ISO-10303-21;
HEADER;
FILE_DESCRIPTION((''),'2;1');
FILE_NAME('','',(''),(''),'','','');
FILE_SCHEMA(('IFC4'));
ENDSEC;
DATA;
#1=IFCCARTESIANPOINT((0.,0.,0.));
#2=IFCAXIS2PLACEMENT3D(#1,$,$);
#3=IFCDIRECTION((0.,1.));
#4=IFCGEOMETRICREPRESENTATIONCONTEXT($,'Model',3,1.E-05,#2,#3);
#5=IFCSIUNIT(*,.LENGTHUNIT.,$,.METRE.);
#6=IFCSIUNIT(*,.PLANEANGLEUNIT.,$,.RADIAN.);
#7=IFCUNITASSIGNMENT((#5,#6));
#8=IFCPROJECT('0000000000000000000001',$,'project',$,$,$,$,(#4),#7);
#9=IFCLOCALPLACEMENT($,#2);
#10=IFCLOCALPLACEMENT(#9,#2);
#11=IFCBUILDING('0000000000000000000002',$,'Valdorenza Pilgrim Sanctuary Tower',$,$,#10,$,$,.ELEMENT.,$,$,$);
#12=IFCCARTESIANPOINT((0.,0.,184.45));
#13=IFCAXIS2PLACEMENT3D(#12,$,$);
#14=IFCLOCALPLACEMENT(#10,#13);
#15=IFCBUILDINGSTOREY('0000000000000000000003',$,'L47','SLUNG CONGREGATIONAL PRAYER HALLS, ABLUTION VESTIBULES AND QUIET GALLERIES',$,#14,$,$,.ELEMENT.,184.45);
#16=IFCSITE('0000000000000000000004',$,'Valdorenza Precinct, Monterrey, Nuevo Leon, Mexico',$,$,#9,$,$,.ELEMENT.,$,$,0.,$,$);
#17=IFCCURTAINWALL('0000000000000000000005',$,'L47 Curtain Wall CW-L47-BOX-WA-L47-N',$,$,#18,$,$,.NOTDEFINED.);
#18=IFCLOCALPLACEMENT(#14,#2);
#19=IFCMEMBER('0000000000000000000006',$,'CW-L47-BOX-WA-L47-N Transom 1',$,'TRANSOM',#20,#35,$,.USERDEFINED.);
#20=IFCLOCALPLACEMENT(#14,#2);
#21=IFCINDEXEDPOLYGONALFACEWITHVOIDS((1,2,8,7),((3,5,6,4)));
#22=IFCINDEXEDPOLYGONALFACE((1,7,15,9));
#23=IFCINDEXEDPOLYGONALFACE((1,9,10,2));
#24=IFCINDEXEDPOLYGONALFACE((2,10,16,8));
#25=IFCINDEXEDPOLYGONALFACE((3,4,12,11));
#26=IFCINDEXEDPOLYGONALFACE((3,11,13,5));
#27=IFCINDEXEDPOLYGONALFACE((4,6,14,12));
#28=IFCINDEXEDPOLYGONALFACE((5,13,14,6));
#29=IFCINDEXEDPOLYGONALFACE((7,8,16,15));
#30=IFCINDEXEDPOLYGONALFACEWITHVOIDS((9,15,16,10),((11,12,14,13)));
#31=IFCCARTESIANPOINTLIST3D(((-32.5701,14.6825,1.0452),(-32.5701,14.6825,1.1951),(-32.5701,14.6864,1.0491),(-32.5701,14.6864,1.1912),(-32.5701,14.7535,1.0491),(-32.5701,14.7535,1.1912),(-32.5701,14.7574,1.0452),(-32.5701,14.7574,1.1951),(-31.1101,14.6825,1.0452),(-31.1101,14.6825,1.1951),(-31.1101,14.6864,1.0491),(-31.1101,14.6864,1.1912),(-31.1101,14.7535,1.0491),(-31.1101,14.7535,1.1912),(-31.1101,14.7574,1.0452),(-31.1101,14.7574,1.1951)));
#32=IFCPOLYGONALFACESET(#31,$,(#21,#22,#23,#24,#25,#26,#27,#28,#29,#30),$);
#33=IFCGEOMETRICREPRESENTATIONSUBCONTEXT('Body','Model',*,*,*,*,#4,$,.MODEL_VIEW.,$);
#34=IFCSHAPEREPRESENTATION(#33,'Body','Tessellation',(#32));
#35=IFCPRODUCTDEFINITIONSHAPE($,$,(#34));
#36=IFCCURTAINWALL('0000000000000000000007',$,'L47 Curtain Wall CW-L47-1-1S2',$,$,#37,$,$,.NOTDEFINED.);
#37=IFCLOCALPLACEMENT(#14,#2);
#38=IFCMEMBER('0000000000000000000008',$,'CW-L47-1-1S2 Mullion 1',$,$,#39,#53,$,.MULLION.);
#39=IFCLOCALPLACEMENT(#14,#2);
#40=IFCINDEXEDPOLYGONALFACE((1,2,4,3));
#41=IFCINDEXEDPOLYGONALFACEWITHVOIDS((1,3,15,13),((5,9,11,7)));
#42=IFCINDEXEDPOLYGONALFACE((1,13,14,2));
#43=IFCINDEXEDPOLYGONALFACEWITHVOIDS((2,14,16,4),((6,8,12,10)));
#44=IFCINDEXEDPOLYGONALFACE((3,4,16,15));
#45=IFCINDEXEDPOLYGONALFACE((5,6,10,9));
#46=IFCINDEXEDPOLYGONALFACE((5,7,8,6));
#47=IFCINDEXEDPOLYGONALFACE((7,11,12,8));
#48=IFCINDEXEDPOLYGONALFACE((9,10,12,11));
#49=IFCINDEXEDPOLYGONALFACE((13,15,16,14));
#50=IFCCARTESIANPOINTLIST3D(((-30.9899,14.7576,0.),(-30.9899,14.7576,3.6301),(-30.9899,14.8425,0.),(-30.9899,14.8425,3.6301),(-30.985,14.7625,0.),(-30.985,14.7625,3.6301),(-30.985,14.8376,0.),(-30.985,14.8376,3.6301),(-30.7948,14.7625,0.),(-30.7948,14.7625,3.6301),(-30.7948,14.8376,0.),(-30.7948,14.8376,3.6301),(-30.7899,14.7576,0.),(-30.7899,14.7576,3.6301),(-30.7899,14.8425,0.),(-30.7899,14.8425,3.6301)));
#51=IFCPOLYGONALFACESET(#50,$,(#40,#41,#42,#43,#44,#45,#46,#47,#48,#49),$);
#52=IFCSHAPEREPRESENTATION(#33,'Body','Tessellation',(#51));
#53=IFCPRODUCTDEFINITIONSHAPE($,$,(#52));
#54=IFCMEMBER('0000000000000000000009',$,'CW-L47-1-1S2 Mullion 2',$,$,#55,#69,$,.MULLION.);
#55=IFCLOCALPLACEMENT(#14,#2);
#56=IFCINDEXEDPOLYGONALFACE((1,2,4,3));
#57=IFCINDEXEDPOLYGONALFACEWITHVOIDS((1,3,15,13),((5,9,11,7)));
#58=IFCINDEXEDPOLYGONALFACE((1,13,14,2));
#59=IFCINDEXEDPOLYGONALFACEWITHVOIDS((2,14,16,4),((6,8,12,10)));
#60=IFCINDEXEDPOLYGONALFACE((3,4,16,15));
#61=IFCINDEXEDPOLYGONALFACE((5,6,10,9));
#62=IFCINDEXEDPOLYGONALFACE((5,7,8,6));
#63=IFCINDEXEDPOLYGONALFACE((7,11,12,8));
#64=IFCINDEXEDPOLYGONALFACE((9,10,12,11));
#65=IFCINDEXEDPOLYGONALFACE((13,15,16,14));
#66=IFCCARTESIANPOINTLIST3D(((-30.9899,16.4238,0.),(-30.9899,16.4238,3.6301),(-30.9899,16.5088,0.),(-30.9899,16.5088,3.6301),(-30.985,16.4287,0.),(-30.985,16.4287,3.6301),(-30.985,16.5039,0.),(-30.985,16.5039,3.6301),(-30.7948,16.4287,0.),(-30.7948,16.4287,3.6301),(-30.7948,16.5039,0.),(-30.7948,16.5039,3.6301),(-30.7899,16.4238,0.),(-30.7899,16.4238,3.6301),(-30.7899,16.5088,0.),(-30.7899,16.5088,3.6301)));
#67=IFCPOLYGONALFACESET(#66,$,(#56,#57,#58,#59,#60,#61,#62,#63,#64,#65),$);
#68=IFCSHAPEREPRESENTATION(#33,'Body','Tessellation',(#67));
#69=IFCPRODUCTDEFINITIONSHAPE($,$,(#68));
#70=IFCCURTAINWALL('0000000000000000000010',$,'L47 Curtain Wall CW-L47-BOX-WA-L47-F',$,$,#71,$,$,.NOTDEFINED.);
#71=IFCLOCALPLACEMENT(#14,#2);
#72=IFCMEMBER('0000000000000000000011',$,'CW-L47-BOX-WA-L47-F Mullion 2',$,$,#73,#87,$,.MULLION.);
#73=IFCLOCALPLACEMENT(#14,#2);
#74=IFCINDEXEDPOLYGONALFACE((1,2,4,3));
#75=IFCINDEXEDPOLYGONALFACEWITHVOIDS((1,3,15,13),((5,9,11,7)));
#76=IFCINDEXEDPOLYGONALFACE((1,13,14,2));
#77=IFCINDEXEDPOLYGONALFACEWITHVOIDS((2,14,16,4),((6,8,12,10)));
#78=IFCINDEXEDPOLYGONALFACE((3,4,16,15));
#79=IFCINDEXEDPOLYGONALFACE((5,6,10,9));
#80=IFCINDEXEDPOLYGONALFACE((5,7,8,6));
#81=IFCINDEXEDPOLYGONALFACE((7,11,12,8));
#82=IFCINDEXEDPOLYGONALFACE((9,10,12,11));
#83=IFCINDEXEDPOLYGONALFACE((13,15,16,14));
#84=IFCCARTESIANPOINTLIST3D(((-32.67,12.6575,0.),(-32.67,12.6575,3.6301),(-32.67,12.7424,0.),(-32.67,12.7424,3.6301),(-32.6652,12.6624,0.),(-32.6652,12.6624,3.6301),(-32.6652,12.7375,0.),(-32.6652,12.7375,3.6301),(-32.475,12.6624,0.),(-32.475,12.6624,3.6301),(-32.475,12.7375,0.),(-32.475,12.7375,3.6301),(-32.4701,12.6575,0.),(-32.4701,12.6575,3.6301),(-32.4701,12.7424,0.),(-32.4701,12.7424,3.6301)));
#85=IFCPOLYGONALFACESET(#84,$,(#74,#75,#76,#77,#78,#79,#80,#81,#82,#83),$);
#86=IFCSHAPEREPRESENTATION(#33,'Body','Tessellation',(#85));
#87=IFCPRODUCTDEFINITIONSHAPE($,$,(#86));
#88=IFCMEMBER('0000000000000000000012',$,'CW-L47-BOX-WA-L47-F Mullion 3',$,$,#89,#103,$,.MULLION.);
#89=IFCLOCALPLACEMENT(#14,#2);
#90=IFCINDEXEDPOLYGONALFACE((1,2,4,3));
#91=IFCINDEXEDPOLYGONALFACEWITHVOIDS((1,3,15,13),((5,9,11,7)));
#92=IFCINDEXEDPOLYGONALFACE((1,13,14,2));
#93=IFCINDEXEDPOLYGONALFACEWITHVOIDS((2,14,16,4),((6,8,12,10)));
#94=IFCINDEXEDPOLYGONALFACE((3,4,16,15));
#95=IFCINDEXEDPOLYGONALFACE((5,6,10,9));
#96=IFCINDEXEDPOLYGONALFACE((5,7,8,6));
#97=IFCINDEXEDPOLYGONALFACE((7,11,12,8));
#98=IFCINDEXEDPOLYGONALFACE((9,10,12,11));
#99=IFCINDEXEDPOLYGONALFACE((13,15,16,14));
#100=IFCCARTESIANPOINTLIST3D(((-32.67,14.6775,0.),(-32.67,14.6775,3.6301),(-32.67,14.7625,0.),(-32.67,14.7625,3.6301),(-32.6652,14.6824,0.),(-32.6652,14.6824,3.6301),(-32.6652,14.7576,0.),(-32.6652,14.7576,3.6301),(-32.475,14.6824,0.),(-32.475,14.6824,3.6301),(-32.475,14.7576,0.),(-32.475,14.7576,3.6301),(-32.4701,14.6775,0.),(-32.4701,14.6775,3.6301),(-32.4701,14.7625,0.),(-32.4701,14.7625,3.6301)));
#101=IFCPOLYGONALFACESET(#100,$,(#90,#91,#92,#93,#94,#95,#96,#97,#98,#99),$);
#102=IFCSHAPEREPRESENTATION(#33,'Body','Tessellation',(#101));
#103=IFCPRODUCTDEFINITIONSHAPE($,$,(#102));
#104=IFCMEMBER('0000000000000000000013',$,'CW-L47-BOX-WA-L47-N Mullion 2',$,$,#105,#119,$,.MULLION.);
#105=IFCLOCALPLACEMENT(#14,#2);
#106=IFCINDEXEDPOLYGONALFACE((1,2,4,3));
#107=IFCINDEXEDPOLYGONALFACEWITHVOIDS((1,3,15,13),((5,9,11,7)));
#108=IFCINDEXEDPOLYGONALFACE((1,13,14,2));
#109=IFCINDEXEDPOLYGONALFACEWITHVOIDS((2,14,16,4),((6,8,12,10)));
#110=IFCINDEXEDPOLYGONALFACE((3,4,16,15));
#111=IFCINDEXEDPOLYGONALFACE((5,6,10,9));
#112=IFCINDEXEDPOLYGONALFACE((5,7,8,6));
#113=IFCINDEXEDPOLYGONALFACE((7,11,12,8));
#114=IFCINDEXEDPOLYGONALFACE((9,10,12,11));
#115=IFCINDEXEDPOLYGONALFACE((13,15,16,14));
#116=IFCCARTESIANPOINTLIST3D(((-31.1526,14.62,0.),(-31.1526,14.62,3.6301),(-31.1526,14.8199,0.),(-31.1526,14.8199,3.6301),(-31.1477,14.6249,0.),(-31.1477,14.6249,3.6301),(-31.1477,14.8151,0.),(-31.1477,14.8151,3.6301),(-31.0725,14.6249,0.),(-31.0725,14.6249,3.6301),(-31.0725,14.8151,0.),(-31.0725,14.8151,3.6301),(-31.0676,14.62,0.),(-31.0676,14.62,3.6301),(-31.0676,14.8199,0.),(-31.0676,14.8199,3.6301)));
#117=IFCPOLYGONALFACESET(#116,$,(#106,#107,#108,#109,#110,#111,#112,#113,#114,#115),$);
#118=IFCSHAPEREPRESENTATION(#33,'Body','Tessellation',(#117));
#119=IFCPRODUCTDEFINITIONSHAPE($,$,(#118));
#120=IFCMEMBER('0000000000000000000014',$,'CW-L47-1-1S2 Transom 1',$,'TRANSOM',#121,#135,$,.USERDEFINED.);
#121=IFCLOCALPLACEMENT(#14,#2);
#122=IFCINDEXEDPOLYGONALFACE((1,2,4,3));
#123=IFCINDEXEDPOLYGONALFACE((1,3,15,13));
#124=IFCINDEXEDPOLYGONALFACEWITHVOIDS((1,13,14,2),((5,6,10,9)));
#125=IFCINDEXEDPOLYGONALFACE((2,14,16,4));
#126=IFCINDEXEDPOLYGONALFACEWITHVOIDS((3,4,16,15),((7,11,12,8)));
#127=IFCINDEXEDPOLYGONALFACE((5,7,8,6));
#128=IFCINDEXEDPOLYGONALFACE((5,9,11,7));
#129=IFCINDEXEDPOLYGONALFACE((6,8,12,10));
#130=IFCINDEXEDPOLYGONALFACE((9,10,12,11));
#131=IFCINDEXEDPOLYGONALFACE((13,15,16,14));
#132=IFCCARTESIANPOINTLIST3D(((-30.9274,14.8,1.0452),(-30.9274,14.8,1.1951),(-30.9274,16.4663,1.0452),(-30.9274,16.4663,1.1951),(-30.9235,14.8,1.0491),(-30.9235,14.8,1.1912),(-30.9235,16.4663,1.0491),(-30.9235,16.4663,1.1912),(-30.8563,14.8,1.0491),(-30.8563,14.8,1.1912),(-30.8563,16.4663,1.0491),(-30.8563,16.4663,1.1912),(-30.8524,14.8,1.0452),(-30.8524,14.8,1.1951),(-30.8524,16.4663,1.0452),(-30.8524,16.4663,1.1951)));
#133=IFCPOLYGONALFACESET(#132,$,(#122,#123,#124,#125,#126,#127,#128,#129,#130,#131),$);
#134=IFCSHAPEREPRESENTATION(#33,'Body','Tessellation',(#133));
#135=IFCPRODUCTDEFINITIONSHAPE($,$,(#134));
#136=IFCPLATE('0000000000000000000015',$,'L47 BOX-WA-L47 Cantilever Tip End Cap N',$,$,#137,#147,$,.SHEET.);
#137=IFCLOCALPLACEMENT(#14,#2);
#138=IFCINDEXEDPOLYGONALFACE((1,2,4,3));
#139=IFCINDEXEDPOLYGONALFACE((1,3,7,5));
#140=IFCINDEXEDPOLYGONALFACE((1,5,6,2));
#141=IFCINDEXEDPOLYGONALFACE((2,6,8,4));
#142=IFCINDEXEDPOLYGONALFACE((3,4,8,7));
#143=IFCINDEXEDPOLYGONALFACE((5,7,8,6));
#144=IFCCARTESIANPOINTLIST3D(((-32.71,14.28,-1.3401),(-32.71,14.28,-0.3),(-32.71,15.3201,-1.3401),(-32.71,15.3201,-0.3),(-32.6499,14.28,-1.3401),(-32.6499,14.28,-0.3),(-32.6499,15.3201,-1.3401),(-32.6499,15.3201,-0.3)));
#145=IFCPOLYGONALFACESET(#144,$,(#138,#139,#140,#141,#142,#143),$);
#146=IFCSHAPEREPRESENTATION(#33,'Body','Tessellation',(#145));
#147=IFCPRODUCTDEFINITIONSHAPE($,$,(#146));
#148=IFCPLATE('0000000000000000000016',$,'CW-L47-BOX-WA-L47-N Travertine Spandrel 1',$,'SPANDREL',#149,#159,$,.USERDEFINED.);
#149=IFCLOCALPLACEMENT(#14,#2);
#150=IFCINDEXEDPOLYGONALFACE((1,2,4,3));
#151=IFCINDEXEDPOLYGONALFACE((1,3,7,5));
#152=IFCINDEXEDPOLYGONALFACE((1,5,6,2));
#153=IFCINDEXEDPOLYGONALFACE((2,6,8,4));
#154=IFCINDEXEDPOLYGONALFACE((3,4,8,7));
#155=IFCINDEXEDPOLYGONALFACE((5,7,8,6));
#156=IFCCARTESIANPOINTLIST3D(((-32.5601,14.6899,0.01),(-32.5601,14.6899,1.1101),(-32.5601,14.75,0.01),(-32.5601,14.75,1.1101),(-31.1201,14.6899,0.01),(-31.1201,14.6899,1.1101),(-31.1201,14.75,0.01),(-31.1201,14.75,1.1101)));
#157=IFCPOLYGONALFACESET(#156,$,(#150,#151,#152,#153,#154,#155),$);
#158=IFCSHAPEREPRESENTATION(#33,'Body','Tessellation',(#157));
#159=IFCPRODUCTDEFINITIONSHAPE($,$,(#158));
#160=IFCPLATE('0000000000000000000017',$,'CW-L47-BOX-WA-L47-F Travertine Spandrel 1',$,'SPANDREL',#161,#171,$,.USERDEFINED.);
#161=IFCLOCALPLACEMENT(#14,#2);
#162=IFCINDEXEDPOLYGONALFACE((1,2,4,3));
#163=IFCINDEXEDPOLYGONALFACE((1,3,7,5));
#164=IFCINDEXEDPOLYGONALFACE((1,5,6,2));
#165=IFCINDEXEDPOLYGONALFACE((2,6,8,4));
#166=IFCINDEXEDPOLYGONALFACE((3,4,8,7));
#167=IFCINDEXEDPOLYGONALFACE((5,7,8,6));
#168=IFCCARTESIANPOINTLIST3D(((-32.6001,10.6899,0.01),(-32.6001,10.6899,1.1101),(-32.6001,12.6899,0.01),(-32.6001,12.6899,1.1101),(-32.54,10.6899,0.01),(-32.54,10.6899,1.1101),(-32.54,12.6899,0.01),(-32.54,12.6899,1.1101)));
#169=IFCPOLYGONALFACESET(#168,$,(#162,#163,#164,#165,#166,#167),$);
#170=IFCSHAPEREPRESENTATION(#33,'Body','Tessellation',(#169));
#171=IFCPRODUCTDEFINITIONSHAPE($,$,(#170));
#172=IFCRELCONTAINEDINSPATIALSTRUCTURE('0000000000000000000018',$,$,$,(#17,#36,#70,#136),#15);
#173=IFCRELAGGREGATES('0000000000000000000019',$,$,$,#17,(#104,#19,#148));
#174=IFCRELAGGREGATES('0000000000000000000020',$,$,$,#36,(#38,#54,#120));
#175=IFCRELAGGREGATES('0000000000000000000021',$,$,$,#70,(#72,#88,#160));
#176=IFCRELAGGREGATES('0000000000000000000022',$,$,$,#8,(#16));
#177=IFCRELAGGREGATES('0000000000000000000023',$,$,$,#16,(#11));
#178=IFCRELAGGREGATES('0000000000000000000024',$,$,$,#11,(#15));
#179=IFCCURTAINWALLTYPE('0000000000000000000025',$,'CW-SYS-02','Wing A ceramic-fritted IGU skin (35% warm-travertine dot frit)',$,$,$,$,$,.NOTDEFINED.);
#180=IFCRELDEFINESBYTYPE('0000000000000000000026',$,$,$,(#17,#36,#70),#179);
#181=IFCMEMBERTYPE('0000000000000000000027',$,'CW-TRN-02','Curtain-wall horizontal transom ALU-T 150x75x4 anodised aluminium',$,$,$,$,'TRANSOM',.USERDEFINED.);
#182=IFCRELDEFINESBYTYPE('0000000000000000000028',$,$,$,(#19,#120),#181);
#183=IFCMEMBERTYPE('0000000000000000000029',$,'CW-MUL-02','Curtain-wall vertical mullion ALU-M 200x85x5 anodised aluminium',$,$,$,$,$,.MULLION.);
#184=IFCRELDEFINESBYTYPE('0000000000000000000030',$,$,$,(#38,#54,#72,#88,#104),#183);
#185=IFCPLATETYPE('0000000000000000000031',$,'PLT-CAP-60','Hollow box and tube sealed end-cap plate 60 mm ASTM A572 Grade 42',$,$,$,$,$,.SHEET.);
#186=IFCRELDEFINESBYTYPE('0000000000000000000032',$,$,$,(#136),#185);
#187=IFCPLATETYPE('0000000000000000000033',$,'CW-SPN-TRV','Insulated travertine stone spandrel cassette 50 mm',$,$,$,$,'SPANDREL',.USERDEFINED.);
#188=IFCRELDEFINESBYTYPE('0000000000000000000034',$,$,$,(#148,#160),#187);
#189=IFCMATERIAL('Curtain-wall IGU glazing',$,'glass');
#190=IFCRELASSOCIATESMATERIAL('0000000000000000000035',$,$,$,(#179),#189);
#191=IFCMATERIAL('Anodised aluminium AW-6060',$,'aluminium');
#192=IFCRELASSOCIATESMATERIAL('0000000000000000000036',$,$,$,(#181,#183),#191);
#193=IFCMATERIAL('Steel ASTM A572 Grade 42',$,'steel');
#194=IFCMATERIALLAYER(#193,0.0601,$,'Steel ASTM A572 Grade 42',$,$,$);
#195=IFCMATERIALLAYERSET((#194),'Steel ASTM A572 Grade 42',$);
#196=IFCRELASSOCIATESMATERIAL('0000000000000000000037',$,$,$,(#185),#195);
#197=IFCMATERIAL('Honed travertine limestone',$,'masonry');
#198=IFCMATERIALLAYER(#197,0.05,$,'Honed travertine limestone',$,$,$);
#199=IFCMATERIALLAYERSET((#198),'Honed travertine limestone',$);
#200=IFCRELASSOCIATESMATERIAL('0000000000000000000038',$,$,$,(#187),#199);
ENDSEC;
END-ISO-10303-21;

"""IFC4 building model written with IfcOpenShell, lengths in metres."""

from ifc_helpers import new_model, si_unit, direction, frame, origin, origin_2d, place, context, subcontext, project, spatial, rectangle, hollow_rectangle, extrude, source, transform, mapped, material, layer, layer_set, material_profile, profile_set, type_object, element, aggregate, save


model = new_model("IFC4")

# Units and contexts
model_context = context("Model", 3, precision=1e-05, world=origin(), true_north=direction((0.0, 1.0)))
body_context = subcontext(model_context, "Body", "Model", "MODEL_VIEW")
ifc_project = project(units=[si_unit("LENGTHUNIT", "METRE"), si_unit("PLANEANGLEUNIT", "RADIAN")], contexts=[model_context])

# Site, building, storey
site_placement = place(None, origin())
site = spatial("IfcSite", under=ifc_project, at=site_placement, Name="Valdorenza Precinct, Monterrey, Nuevo Leon, Mexico", CompositionType="ELEMENT", RefElevation=0.0)
building_placement = place(site_placement, origin())
building = spatial("IfcBuilding", under=site, at=building_placement, Name="Valdorenza Pilgrim Sanctuary Tower", CompositionType="ELEMENT")
storey_placement = place(building_placement, frame((0.0, 0.0, 184.45)))
storey = spatial("IfcBuildingStorey", under=building, at=storey_placement, Name="L47", Description="SLUNG CONGREGATIONAL PRAYER HALLS, ABLUTION VESTIBULES AND QUIET GALLERIES", CompositionType="ELEMENT", Elevation=184.45)

# Curtain wall, member
ifc_material_1 = material(Name="Curtain-wall IGU glazing", Category="glass")
curtain_wall_type = type_object("IfcCurtainWallType", Name="CW-SYS-02", Description="Wing A ceramic-fritted IGU skin (35% warm-travertine dot frit)", PredefinedType="NOTDEFINED", material=ifc_material_1)
curtain_wall_1_placement = place(storey_placement, origin())
curtain_wall_1 = element("IfcCurtainWall", 1, at=curtain_wall_1_placement, inside=storey, type_object=curtain_wall_type, Name="L47 Curtain Wall CW-L47-BOX-WA-L47-N", PredefinedType="NOTDEFINED")
ifc_material_2 = material(Name="Anodised aluminium AW-6060", Category="aluminium")
ifc_material_profile_1 = material_profile(ifc_material_2, hollow_rectangle(XDim=0.075, YDim=0.1499, WallThickness=0.0039, at=origin_2d()), Name="ALU-T 150x75x4")
ifc_profile_set_1 = profile_set([ifc_material_profile_1], Name="Anodised aluminium AW-6060")
member_type_1 = type_object("IfcMemberType", Name="CW-TRN-02", Description="Curtain-wall horizontal transom ALU-T 150x75x4 anodised aluminium", ElementType="TRANSOM", PredefinedType="USERDEFINED", material=ifc_profile_set_1)
shared_shape_1 = source(origin(), body_context, "Body", "SweptSolid", [
    extrude(hollow_rectangle(XDim=0.075, YDim=0.1499, WallThickness=0.0039, at=origin_2d()), origin(), (0.0, 0.0, 1.0), 1.46),
])
member_1_placement = place(storey_placement, frame((-32.5701, 14.72, 1.1201), z_axis=(1.0, 0.0, 0.0), x_axis=(0.0, 1.0, 0.0)))
member_1 = element("IfcMember", 2, at=member_1_placement, type_object=member_type_1, Name="CW-L47-BOX-WA-L47-N Transom 1", ObjectType="TRANSOM", PredefinedType="USERDEFINED", context=body_context, shape_type="MappedRepresentation", body=[
    mapped(shared_shape_1, transform((0.0, 0.0, 0.0), x_axis=(1.0, 0.0, 0.0), y_axis=(0.0, 1.0, 0.0), z_axis=(0.0, 0.0, 1.0), scale=1.0)),
])

# Curtain walls, members
curtain_wall_2_placement = place(storey_placement, origin())
curtain_wall_2 = element("IfcCurtainWall", 3, at=curtain_wall_2_placement, inside=storey, type_object=curtain_wall_type, Name="L47 Curtain Wall CW-L47-1-1S2", PredefinedType="NOTDEFINED")
ifc_material_profile_2 = material_profile(ifc_material_2, hollow_rectangle(XDim=0.085, YDim=0.2, WallThickness=0.0049, at=origin_2d()), Name="ALU-M 200x85x5")
ifc_profile_set_2 = profile_set([ifc_material_profile_2], Name="Anodised aluminium AW-6060")
member_type_2 = type_object("IfcMemberType", Name="CW-MUL-02", Description="Curtain-wall vertical mullion ALU-M 200x85x5 anodised aluminium", PredefinedType="MULLION", material=ifc_profile_set_2)
shared_shape_2 = source(origin(), body_context, "Body", "SweptSolid", [
    extrude(hollow_rectangle(XDim=0.085, YDim=0.2, WallThickness=0.0049, at=origin_2d()), origin(), (0.0, 0.0, 1.0), 3.6301),
])
member_2_placement = place(storey_placement, frame((-30.8899, 14.8, 0.0), z_axis=(0.0, 0.0, 1.0), x_axis=(0.0, 1.0, 0.0)))
member_2 = element("IfcMember", 4, at=member_2_placement, type_object=member_type_2, Name="CW-L47-1-1S2 Mullion 1", PredefinedType="MULLION", context=body_context, shape_type="MappedRepresentation", body=[
    mapped(shared_shape_2, transform((0.0, 0.0, 0.0), x_axis=(1.0, 0.0, 0.0), y_axis=(0.0, 1.0, 0.0), z_axis=(0.0, 0.0, 1.0), scale=1.0)),
])
member_3_placement = place(storey_placement, frame((-30.8899, 16.4663, 0.0), z_axis=(0.0, 0.0, 1.0), x_axis=(0.0, 1.0, 0.0)))
member_3 = element("IfcMember", 5, at=member_3_placement, type_object=member_type_2, Name="CW-L47-1-1S2 Mullion 2", PredefinedType="MULLION", context=body_context, shape_type="MappedRepresentation", body=[
    mapped(shared_shape_2, transform((0.0, 0.0, 0.0), x_axis=(1.0, 0.0, 0.0), y_axis=(0.0, 1.0, 0.0), z_axis=(0.0, 0.0, 1.0), scale=1.0)),
])
curtain_wall_3_placement = place(storey_placement, origin())
curtain_wall_3 = element("IfcCurtainWall", 6, at=curtain_wall_3_placement, inside=storey, type_object=curtain_wall_type, Name="L47 Curtain Wall CW-L47-BOX-WA-L47-F", PredefinedType="NOTDEFINED")
member_4_placement = place(storey_placement, frame((-32.5701, 12.7, 0.0), z_axis=(0.0, 0.0, 1.0), x_axis=(0.0, 1.0, 0.0)))
member_4 = element("IfcMember", 7, at=member_4_placement, type_object=member_type_2, Name="CW-L47-BOX-WA-L47-F Mullion 2", PredefinedType="MULLION", context=body_context, shape_type="MappedRepresentation", body=[
    mapped(shared_shape_2, transform((0.0, 0.0, 0.0), x_axis=(1.0, 0.0, 0.0), y_axis=(0.0, 1.0, 0.0), z_axis=(0.0, 0.0, 1.0), scale=1.0)),
])
member_5_placement = place(storey_placement, frame((-32.5701, 14.72, 0.0), z_axis=(0.0, 0.0, 1.0), x_axis=(0.0, 1.0, 0.0)))
member_5 = element("IfcMember", 8, at=member_5_placement, type_object=member_type_2, Name="CW-L47-BOX-WA-L47-F Mullion 3", PredefinedType="MULLION", context=body_context, shape_type="MappedRepresentation", body=[
    mapped(shared_shape_2, transform((0.0, 0.0, 0.0), x_axis=(1.0, 0.0, 0.0), y_axis=(0.0, 1.0, 0.0), z_axis=(0.0, 0.0, 1.0), scale=1.0)),
])

# Members
member_6_placement = place(storey_placement, frame((-31.1101, 14.72, 0.0), z_axis=(0.0, 0.0, 1.0), x_axis=(1.0, 0.0, 0.0)))
member_6 = element("IfcMember", 9, at=member_6_placement, type_object=member_type_2, Name="CW-L47-BOX-WA-L47-N Mullion 2", PredefinedType="MULLION", context=body_context, shape_type="MappedRepresentation", body=[
    mapped(shared_shape_2, transform((0.0, 0.0, 0.0), x_axis=(1.0, 0.0, 0.0), y_axis=(0.0, 1.0, 0.0), z_axis=(0.0, 0.0, 1.0), scale=1.0)),
])
shared_shape_3 = source(origin(), body_context, "Body", "SweptSolid", [
    extrude(hollow_rectangle(XDim=0.075, YDim=0.1499, WallThickness=0.0039, at=origin_2d()), origin(), (0.0, 0.0, 1.0), 1.6663),
])
member_7_placement = place(storey_placement, frame((-30.8899, 14.8, 1.1201), z_axis=(0.0, 1.0, 0.0), x_axis=(-1.0, 0.0, 0.0)))
member_7 = element("IfcMember", 10, at=member_7_placement, type_object=member_type_1, Name="CW-L47-1-1S2 Transom 1", ObjectType="TRANSOM", PredefinedType="USERDEFINED", context=body_context, shape_type="MappedRepresentation", body=[
    mapped(shared_shape_3, transform((0.0, 0.0, 0.0), x_axis=(1.0, 0.0, 0.0), y_axis=(0.0, 1.0, 0.0), z_axis=(0.0, 0.0, 1.0), scale=1.0)),
])

# Plates
ifc_material_3 = material(Name="Steel ASTM A572 Grade 42", Category="steel")
ifc_layer_1 = layer(ifc_material_3, 0.0601, Name="Steel ASTM A572 Grade 42")
ifc_layer_set_1 = layer_set([ifc_layer_1], Name="Steel ASTM A572 Grade 42")
plate_type_1 = type_object("IfcPlateType", Name="PLT-CAP-60", Description="Hollow box and tube sealed end-cap plate 60 mm ASTM A572 Grade 42", PredefinedType="SHEET", material=ifc_layer_set_1)
shared_shape_4 = source(origin(), body_context, "Body", "SweptSolid", [
    extrude(rectangle(XDim=0.0601, YDim=1.04, at=origin_2d()), origin(), (0.0, 0.0, 1.0), 1.04),
])
plate_1_placement = place(storey_placement, frame((-32.6799, 14.8, -1.3401), z_axis=(0.0, 0.0, 1.0), x_axis=(1.0, 0.0, 0.0)))
element("IfcPlate", 11, at=plate_1_placement, inside=storey, type_object=plate_type_1, Name="L47 BOX-WA-L47 Cantilever Tip End Cap N", PredefinedType="SHEET", context=body_context, shape_type="MappedRepresentation", body=[
    mapped(shared_shape_4, transform((0.0, 0.0, 0.0), x_axis=(1.0, 0.0, 0.0), y_axis=(0.0, 1.0, 0.0), z_axis=(0.0, 0.0, 1.0), scale=1.0)),
])
ifc_material_4 = material(Name="Honed travertine limestone", Category="masonry")
ifc_layer_2 = layer(ifc_material_4, 0.05, Name="Honed travertine limestone")
ifc_layer_set_2 = layer_set([ifc_layer_2], Name="Honed travertine limestone")
plate_type_2 = type_object("IfcPlateType", Name="CW-SPN-TRV", Description="Insulated travertine stone spandrel cassette 50 mm", ElementType="SPANDREL", PredefinedType="USERDEFINED", material=ifc_layer_set_2)
shared_shape_5 = source(origin(), body_context, "Body", "SweptSolid", [
    extrude(rectangle(XDim=1.4399, YDim=0.0601, at=origin_2d()), origin(), (0.0, 0.0, 1.0), 1.1001),
])
plate_2_placement = place(storey_placement, frame((-31.8401, 14.72, 0.01), z_axis=(0.0, 0.0, 1.0), x_axis=(1.0, 0.0, 0.0)))
plate_2 = element("IfcPlate", 12, at=plate_2_placement, type_object=plate_type_2, Name="CW-L47-BOX-WA-L47-N Travertine Spandrel 1", ObjectType="SPANDREL", PredefinedType="USERDEFINED", context=body_context, shape_type="MappedRepresentation", body=[
    mapped(shared_shape_5, transform((0.0, 0.0, 0.0), x_axis=(1.0, 0.0, 0.0), y_axis=(0.0, 1.0, 0.0), z_axis=(0.0, 0.0, 1.0), scale=1.0)),
])
shared_shape_6 = source(origin(), body_context, "Body", "SweptSolid", [
    extrude(rectangle(XDim=2.0, YDim=0.0601, at=origin_2d()), origin(), (0.0, 0.0, 1.0), 1.1001),
])
plate_3_placement = place(storey_placement, frame((-32.5701, 11.6899, 0.01), z_axis=(0.0, 0.0, 1.0), x_axis=(0.0, 1.0, 0.0)))
plate_3 = element("IfcPlate", 13, at=plate_3_placement, type_object=plate_type_2, Name="CW-L47-BOX-WA-L47-F Travertine Spandrel 1", ObjectType="SPANDREL", PredefinedType="USERDEFINED", context=body_context, shape_type="MappedRepresentation", body=[
    mapped(shared_shape_6, transform((0.0, 0.0, 0.0), x_axis=(1.0, 0.0, 0.0), y_axis=(0.0, 1.0, 0.0), z_axis=(0.0, 0.0, 1.0), scale=1.0)),
])
aggregate(curtain_wall_1, [member_6, member_1, plate_2])
aggregate(curtain_wall_2, [member_2, member_3, member_7])
aggregate(curtain_wall_3, [member_4, member_5, plate_3])

save(model, "model.ifc")
